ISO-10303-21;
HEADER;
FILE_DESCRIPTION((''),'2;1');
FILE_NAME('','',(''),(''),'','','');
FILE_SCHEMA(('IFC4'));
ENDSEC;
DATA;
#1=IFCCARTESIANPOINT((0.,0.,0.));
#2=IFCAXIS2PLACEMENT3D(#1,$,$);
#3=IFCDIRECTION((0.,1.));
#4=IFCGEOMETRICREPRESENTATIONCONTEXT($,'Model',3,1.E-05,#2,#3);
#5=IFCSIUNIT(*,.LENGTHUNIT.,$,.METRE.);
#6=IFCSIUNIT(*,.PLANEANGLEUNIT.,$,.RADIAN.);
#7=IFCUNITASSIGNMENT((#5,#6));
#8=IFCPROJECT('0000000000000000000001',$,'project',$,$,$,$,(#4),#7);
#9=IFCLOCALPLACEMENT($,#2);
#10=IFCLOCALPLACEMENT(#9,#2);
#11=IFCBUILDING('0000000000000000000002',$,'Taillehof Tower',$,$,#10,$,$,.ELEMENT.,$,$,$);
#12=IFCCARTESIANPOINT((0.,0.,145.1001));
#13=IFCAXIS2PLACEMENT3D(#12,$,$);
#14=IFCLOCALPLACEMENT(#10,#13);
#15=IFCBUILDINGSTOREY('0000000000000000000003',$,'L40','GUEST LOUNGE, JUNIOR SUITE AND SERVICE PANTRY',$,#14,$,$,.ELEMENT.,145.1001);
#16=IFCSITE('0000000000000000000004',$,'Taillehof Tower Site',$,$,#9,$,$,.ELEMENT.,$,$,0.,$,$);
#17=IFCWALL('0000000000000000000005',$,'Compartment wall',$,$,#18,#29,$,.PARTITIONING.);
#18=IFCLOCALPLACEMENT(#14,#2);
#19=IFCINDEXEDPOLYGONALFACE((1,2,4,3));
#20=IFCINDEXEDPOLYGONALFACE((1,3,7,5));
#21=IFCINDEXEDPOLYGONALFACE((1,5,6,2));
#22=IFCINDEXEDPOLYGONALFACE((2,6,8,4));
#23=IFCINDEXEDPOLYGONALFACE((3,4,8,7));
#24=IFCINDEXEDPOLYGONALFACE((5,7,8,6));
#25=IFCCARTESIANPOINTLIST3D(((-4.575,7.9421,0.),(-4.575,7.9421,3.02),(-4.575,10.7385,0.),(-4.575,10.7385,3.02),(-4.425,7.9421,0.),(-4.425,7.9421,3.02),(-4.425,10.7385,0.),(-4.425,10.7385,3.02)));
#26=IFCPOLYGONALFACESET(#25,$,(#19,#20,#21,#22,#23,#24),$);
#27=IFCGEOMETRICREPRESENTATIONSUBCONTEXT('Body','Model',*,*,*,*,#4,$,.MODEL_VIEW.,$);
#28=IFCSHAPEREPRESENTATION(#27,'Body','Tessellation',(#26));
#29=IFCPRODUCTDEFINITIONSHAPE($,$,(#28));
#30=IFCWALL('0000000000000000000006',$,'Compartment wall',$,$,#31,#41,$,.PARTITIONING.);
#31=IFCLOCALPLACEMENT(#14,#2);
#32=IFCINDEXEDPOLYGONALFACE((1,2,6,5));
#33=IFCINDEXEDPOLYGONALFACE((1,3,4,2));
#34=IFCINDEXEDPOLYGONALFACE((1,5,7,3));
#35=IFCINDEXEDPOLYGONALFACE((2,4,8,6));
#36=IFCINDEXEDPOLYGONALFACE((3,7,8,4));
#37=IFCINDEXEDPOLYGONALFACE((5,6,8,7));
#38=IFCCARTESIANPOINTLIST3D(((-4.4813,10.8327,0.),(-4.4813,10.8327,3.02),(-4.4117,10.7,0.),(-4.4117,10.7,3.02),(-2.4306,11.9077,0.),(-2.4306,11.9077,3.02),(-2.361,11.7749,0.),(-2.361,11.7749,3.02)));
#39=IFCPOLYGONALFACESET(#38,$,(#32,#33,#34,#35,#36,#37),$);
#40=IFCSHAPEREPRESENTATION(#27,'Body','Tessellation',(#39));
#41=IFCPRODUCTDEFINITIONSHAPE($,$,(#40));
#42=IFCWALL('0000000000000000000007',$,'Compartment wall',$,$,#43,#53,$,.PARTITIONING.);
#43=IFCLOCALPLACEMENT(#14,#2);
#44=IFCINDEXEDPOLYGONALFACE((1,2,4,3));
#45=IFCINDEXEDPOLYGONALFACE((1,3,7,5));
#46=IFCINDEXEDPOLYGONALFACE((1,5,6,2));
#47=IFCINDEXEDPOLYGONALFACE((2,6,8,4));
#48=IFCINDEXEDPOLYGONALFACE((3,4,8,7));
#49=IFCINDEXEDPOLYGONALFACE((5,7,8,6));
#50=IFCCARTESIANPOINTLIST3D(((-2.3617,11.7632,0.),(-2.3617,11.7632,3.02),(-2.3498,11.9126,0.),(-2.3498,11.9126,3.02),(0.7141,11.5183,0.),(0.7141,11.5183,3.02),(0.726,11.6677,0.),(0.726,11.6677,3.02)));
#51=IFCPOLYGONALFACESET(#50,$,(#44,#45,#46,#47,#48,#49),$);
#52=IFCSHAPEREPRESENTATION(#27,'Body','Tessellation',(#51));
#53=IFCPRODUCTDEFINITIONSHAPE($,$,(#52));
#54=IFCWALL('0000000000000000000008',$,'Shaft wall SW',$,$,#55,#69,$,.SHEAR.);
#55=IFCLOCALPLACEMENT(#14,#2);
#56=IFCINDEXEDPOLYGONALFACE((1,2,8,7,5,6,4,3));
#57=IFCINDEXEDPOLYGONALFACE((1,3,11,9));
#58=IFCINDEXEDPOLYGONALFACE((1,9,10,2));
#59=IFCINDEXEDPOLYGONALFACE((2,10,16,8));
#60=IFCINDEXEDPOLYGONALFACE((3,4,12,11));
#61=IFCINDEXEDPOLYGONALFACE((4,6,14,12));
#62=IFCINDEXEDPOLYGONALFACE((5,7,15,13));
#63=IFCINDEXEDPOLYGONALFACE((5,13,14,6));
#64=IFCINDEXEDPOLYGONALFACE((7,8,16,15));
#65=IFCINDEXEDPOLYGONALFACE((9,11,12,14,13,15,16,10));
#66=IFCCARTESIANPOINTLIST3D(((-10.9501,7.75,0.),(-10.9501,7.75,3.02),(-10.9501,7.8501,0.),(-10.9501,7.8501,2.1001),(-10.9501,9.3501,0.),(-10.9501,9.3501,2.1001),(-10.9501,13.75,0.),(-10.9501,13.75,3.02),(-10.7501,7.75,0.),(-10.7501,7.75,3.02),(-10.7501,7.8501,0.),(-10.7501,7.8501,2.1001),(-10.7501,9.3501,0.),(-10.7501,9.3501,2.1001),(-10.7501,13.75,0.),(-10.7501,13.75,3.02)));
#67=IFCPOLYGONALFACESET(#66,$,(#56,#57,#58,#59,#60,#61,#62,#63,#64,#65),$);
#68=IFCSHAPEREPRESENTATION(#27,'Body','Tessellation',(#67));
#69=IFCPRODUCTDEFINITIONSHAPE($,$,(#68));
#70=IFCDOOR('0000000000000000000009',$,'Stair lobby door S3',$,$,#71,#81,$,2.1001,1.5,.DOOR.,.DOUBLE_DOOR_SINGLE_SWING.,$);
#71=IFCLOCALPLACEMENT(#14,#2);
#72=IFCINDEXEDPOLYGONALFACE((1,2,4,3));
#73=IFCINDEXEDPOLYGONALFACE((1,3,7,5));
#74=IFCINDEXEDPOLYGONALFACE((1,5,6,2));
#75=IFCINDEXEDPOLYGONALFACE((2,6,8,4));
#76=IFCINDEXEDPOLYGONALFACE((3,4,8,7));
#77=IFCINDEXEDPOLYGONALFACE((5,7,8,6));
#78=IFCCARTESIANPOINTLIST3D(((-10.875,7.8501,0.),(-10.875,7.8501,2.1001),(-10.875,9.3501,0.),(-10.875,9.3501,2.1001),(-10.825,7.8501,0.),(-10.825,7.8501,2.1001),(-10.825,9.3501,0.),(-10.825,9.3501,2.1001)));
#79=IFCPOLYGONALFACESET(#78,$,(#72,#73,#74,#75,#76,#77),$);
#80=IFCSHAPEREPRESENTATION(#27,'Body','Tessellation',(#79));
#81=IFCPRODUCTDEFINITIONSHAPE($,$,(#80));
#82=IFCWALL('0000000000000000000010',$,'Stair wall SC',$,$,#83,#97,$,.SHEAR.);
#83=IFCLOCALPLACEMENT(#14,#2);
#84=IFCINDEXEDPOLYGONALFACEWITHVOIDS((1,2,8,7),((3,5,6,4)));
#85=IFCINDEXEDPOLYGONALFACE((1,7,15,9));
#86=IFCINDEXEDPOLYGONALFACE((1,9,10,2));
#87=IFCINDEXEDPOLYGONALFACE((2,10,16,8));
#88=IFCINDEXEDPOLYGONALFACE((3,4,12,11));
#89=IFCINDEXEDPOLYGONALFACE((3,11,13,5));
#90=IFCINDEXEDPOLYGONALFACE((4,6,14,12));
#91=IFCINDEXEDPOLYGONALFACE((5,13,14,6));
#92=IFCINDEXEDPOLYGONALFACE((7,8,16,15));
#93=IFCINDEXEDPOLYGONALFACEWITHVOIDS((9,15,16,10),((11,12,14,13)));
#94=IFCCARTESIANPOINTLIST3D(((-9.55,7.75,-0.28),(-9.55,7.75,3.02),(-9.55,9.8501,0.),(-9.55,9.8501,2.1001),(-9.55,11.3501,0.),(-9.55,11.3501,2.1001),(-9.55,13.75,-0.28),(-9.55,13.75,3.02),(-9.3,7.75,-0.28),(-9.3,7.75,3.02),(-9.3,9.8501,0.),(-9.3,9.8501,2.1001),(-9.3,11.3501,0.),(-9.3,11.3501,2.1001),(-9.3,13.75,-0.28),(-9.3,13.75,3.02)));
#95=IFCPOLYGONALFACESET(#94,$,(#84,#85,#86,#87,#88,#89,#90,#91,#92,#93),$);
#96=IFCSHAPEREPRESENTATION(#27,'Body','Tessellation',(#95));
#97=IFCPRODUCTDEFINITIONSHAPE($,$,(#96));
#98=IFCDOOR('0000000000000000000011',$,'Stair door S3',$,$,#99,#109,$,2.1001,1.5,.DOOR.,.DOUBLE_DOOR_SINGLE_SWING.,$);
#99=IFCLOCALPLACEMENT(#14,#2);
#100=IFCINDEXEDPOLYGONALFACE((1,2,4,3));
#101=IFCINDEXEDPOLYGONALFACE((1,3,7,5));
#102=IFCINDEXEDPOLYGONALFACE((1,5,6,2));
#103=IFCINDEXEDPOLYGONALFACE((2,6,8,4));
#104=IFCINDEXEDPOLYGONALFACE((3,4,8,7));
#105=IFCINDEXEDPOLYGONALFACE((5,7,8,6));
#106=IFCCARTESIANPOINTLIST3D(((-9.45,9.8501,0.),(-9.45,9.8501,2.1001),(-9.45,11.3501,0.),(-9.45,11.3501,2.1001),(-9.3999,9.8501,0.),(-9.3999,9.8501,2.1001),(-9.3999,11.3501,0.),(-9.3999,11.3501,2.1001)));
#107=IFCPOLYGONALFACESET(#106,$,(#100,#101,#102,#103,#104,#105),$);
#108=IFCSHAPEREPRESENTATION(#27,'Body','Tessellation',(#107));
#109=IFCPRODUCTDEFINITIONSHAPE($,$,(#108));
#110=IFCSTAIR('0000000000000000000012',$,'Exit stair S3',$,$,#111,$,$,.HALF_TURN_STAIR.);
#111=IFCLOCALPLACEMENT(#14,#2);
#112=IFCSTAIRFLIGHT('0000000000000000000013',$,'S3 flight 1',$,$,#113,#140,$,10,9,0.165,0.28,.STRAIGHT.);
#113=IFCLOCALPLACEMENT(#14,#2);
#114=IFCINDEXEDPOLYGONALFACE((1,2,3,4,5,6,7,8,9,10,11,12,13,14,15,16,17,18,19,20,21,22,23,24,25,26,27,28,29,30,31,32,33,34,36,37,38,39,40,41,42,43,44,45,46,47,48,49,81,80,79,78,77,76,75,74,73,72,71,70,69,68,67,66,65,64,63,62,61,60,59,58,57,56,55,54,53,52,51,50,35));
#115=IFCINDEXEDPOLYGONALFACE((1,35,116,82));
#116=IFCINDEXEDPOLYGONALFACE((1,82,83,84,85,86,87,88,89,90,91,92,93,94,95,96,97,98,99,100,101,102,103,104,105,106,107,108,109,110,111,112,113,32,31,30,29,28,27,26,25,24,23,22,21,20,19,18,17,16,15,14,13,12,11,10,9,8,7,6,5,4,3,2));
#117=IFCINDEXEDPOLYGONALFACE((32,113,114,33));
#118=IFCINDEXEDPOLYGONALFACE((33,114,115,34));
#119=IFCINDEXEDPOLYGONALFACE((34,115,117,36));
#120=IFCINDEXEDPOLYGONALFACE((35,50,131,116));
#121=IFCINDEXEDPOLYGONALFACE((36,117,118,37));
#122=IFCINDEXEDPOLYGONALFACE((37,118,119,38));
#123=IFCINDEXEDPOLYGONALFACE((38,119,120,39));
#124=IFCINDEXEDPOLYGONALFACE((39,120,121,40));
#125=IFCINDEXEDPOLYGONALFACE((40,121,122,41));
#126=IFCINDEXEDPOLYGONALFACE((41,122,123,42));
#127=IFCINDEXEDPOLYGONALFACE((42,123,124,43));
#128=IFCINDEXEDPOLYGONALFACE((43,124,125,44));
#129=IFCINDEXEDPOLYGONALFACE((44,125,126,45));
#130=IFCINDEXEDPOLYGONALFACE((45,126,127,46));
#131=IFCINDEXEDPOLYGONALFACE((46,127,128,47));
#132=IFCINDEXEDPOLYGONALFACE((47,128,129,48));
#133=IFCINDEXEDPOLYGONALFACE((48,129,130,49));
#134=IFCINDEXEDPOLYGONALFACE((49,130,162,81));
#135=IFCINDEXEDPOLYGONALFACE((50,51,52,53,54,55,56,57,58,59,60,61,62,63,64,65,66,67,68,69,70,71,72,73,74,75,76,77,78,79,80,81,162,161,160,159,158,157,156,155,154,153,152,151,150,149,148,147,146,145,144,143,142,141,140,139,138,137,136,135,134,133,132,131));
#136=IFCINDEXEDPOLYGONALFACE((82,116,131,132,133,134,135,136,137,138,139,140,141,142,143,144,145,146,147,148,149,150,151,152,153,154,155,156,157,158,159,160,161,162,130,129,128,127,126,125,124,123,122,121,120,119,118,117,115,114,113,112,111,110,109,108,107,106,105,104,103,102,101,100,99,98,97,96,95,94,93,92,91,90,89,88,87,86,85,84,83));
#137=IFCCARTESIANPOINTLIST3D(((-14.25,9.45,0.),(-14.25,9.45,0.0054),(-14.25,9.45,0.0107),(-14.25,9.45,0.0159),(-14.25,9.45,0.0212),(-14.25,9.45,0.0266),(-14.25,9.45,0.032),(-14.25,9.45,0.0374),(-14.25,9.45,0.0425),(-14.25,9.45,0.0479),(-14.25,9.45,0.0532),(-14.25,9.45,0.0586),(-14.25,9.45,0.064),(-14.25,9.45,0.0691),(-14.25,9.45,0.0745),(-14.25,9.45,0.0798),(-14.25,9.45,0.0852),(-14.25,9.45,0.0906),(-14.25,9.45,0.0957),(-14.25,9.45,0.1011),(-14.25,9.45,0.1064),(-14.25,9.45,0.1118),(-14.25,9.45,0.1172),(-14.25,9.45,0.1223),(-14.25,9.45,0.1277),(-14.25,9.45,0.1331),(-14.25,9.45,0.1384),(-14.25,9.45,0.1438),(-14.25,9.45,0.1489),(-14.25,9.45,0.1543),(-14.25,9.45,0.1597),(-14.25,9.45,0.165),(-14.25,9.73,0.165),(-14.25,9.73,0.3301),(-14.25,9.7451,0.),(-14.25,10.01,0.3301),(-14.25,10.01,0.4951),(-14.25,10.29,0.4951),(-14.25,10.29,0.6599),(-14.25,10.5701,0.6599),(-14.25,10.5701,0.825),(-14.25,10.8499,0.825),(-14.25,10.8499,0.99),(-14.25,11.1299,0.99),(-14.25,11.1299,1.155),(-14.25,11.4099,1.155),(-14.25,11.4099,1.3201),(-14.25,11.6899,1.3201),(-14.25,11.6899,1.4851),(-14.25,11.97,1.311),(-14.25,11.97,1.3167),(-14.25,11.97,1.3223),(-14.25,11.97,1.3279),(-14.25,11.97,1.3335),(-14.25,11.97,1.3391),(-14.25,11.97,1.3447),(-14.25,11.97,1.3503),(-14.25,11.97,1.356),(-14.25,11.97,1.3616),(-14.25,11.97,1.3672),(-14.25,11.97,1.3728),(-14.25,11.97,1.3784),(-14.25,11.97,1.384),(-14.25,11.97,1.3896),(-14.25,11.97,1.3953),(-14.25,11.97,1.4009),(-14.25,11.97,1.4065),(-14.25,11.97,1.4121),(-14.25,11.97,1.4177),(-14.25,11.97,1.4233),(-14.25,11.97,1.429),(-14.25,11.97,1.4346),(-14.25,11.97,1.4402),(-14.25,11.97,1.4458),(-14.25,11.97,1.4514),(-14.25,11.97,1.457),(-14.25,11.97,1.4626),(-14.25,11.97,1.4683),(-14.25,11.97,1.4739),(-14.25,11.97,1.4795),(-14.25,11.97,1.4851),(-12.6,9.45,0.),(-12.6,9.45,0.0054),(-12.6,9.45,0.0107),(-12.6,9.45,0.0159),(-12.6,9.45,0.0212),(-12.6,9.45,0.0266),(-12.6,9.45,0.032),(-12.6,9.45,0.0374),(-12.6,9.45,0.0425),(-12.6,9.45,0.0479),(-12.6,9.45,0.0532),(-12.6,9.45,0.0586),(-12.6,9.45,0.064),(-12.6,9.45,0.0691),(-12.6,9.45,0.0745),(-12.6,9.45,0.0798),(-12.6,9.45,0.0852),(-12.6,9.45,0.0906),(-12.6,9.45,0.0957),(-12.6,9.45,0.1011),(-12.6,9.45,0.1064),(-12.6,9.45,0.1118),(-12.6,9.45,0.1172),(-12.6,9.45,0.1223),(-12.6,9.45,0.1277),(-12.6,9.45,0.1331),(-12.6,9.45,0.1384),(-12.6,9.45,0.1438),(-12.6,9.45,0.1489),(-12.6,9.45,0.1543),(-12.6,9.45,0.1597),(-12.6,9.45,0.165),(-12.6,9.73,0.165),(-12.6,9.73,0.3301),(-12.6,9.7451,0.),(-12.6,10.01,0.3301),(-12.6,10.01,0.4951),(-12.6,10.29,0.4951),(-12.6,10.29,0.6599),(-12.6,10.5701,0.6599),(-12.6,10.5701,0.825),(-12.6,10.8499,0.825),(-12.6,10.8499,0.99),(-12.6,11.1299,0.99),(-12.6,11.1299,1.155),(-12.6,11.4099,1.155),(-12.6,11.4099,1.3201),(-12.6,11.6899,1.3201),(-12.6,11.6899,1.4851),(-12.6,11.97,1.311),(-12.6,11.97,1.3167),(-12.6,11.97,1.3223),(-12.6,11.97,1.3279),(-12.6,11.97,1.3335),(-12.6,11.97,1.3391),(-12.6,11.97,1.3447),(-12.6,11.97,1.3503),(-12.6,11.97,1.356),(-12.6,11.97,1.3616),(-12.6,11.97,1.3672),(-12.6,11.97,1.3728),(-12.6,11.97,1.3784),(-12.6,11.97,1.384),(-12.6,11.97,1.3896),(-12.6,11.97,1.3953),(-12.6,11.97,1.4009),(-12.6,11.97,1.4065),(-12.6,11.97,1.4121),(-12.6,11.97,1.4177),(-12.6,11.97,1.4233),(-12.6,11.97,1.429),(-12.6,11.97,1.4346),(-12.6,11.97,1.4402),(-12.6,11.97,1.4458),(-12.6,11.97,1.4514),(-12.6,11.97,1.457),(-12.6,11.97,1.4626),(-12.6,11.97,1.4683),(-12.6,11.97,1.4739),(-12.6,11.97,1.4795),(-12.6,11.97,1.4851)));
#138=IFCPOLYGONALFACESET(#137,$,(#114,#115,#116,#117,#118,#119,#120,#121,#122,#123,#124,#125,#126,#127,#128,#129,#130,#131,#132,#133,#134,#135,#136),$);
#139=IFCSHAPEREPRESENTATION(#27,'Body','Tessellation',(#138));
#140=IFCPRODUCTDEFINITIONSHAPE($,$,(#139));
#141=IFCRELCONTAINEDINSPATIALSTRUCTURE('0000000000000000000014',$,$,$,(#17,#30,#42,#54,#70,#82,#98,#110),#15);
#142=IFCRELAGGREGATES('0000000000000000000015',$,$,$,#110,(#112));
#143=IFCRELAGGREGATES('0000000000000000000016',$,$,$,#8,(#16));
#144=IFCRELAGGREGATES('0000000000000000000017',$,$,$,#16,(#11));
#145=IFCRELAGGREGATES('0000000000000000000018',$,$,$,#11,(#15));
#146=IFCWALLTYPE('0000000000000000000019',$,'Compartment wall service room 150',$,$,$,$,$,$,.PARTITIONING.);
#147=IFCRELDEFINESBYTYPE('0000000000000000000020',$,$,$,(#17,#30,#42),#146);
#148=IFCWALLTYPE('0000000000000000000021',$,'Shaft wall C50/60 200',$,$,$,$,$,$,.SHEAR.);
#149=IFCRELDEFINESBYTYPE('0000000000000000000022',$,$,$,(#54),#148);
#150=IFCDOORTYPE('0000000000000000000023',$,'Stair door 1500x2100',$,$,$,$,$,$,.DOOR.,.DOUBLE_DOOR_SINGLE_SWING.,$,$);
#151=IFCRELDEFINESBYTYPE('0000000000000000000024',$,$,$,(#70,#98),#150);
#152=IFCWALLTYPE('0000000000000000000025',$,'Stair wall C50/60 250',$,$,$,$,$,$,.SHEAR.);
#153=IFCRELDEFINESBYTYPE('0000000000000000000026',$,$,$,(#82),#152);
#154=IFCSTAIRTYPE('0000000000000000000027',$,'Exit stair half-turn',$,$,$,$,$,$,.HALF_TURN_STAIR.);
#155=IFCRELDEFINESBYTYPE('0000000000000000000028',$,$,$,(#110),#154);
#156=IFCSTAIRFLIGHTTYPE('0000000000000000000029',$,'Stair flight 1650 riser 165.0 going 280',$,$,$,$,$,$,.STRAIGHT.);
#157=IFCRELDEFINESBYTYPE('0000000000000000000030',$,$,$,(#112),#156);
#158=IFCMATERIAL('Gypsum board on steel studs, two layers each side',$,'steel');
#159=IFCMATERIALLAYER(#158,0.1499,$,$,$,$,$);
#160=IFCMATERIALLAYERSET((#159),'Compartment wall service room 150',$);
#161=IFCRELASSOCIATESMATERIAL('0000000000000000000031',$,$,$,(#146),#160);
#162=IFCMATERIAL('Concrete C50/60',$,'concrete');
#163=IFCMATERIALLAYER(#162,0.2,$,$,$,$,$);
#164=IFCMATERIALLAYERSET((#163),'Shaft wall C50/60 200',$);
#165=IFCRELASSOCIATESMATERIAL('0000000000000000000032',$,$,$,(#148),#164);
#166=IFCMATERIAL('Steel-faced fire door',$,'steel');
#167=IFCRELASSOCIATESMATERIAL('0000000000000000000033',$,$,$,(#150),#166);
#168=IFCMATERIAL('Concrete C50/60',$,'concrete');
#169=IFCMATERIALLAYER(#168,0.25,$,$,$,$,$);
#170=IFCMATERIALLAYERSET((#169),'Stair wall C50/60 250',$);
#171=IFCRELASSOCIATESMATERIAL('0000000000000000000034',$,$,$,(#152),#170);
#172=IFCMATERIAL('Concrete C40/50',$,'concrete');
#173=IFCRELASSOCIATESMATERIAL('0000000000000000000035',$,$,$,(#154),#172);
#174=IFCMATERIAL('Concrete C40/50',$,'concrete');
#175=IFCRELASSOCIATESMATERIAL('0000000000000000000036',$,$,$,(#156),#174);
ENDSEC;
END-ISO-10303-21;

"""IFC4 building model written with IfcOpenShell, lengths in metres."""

from ifc_helpers import new_model, si_unit, direction, frame, frame_2d, origin, place, context, subcontext, project, spatial, polyline, rectangle, outline, extrude, material, layer, layer_set, type_object, element, fill, aggregate, save


model = new_model("IFC4")

# Units and contexts
model_context = context("Model", 3, precision=1e-05, world=origin(), true_north=direction((0.0, 1.0)))
body_context = subcontext(model_context, "Body", "Model", "MODEL_VIEW")
ifc_project = project(units=[si_unit("LENGTHUNIT", "METRE"), si_unit("PLANEANGLEUNIT", "RADIAN")], contexts=[model_context])

# Site, building, storey
site_placement = place(None, origin())
site = spatial("IfcSite", under=ifc_project, at=site_placement, Name="Taillehof Tower Site", CompositionType="ELEMENT", RefElevation=0.0)
building_placement = place(site_placement, origin())
building = spatial("IfcBuilding", under=site, at=building_placement, Name="Taillehof Tower", CompositionType="ELEMENT")
storey_placement = place(building_placement, frame((0.0, 0.0, 145.1001)))
storey = spatial("IfcBuildingStorey", under=building, at=storey_placement, Name="L40", Description="GUEST LOUNGE, JUNIOR SUITE AND SERVICE PANTRY", CompositionType="ELEMENT", Elevation=145.1001)

# Walls
ifc_material_1 = material(Name="Gypsum board on steel studs, two layers each side", Category="steel")
ifc_layer_1 = layer(ifc_material_1, 0.1499)
ifc_layer_set_1 = layer_set([ifc_layer_1], Name="Compartment wall service room 150")
wall_type_1 = type_object("IfcWallType", Name="Compartment wall service room 150", PredefinedType="PARTITIONING", material=ifc_layer_set_1)
wall_1_placement = place(storey_placement, frame((-4.5, 7.9421, 0.0), z_axis=(0.0, 0.0, 1.0), x_axis=(0.0, 1.0, 0.0)))
element("IfcWall", 1, at=wall_1_placement, inside=storey, type_object=wall_type_1, Name="Compartment wall", PredefinedType="PARTITIONING", context=body_context, shape_type="SweptSolid", body=[
    extrude(rectangle(XDim=2.7964, YDim=0.1499, at=frame_2d((1.3982, 0.0))), origin(), (0.0, 0.0, 1.0), 3.02),
])
wall_2_placement = place(storey_placement, frame((-4.4465, 10.7664, 0.0), z_axis=(0.0, 0.0, 1.0), x_axis=(0.885701, 0.464255, 0.0)))
element("IfcWall", 2, at=wall_2_placement, inside=storey, type_object=wall_type_1, Name="Compartment wall", PredefinedType="PARTITIONING", context=body_context, shape_type="SweptSolid", body=[
    extrude(rectangle(XDim=2.3154, YDim=0.1499, at=frame_2d((1.1577, 0.0))), origin(), (0.0, 0.0, 1.0), 3.02),
])
wall_3_placement = place(storey_placement, frame((-2.3557, 11.8379, 0.0), z_axis=(0.0, 0.0, 1.0), x_axis=(0.996846, -0.079365, 0.0)))
element("IfcWall", 3, at=wall_3_placement, inside=storey, type_object=wall_type_1, Name="Compartment wall", PredefinedType="PARTITIONING", context=body_context, shape_type="SweptSolid", body=[
    extrude(rectangle(XDim=3.0854, YDim=0.1499, at=frame_2d((1.5427, 0.0))), origin(), (0.0, 0.0, 1.0), 3.02),
])

# Walls, openings, doors
ifc_material_2 = material(Name="Concrete C50/60", Category="concrete")
ifc_layer_2 = layer(ifc_material_2, 0.2)
ifc_layer_set_2 = layer_set([ifc_layer_2], Name="Shaft wall C50/60 200")
wall_type_2 = type_object("IfcWallType", Name="Shaft wall C50/60 200", PredefinedType="SHEAR", material=ifc_layer_set_2)
wall_4_placement = place(storey_placement, frame((-10.8501, 7.75, 0.0), z_axis=(0.0, 0.0, 1.0), x_axis=(0.0, 1.0, 0.0)))
wall_4 = element("IfcWall", 4, at=wall_4_placement, inside=storey, type_object=wall_type_2, Name="Shaft wall SW", PredefinedType="SHEAR", context=body_context, shape_type="SweptSolid", body=[
    extrude(rectangle(XDim=6.0, YDim=0.2, at=frame_2d((3.0, 0.0))), origin(), (0.0, 0.0, 1.0), 3.02),
])
opening_1_placement = place(wall_4_placement, frame((0.1001, 0.0, 0.0)))
opening_1 = element("IfcOpeningElement", 5, at=opening_1_placement, cuts=wall_4, PredefinedType="OPENING", context=body_context, shape_type="SweptSolid", body=[
    extrude(rectangle(XDim=1.5, YDim=2.1001, at=frame_2d((0.75, 1.05))), frame((0.0, 0.1099, 0.0), z_axis=(0.0, -1.0, 0.0), x_axis=(1.0, 0.0, 0.0)), (0.0, 0.0, 1.0), 0.22),
])
ifc_material_3 = material(Name="Steel-faced fire door", Category="steel")
door_type = type_object("IfcDoorType", Name="Stair door 1500x2100", OperationType="DOUBLE_DOOR_SINGLE_SWING", PredefinedType="DOOR", material=ifc_material_3)
door_1_placement = place(opening_1_placement, origin())
door_1 = element("IfcDoor", 6, at=door_1_placement, inside=storey, type_object=door_type, Name="Stair lobby door S3", OperationType="DOUBLE_DOOR_SINGLE_SWING", OverallHeight=2.1001, OverallWidth=1.5, PredefinedType="DOOR", context=body_context, shape_type="SweptSolid", body=[
    extrude(rectangle(XDim=1.5, YDim=2.1001, at=frame_2d((0.75, 1.05))), frame((0.0, 0.0249, 0.0), z_axis=(0.0, -1.0, 0.0), x_axis=(1.0, 0.0, 0.0)), (0.0, 0.0, 1.0), 0.05),
])
fill(opening_1, door_1)
ifc_material_4 = material(Name="Concrete C50/60", Category="concrete")
ifc_layer_3 = layer(ifc_material_4, 0.25)
ifc_layer_set_3 = layer_set([ifc_layer_3], Name="Stair wall C50/60 250")
wall_type_3 = type_object("IfcWallType", Name="Stair wall C50/60 250", PredefinedType="SHEAR", material=ifc_layer_set_3)
wall_5_placement = place(storey_placement, frame((-9.425, 7.75, -0.28), z_axis=(0.0, 0.0, 1.0), x_axis=(0.0, 1.0, 0.0)))
wall_5 = element("IfcWall", 7, at=wall_5_placement, inside=storey, type_object=wall_type_3, Name="Stair wall SC", PredefinedType="SHEAR", context=body_context, shape_type="SweptSolid", body=[
    extrude(rectangle(XDim=6.0, YDim=0.25, at=frame_2d((3.0, 0.0))), origin(), (0.0, 0.0, 1.0), 3.3),
])
opening_2_placement = place(wall_5_placement, frame((2.1001, 0.0, 0.28)))
opening_2 = element("IfcOpeningElement", 8, at=opening_2_placement, cuts=wall_5, PredefinedType="OPENING", context=body_context, shape_type="SweptSolid", body=[
    extrude(rectangle(XDim=1.5, YDim=2.1001, at=frame_2d((0.75, 1.05))), frame((0.0, 0.135, 0.0), z_axis=(0.0, -1.0, 0.0), x_axis=(1.0, 0.0, 0.0)), (0.0, 0.0, 1.0), 0.27),
])
door_2_placement = place(opening_2_placement, origin())
door_2 = element("IfcDoor", 9, at=door_2_placement, inside=storey, type_object=door_type, Name="Stair door S3", OperationType="DOUBLE_DOOR_SINGLE_SWING", OverallHeight=2.1001, OverallWidth=1.5, PredefinedType="DOOR", context=body_context, shape_type="SweptSolid", body=[
    extrude(rectangle(XDim=1.5, YDim=2.1001, at=frame_2d((0.75, 1.05))), frame((0.0, 0.0249, 0.0), z_axis=(0.0, -1.0, 0.0), x_axis=(1.0, 0.0, 0.0)), (0.0, 0.0, 1.0), 0.05),
])
fill(opening_2, door_2)

# Stair, stair flight
ifc_material_5 = material(Name="Concrete C40/50", Category="concrete")
stair_type = type_object("IfcStairType", Name="Exit stair half-turn", PredefinedType="HALF_TURN_STAIR", material=ifc_material_5)
stair_placement = place(storey_placement, origin())
stair = element("IfcStair", 10, at=stair_placement, inside=storey, type_object=stair_type, Name="Exit stair S3", PredefinedType="HALF_TURN_STAIR")
ifc_material_6 = material(Name="Concrete C40/50", Category="concrete")
stair_flight_type = type_object("IfcStairFlightType", Name="Stair flight 1650 riser 165.0 going 280", PredefinedType="STRAIGHT", material=ifc_material_6)
stair_flight_placement = place(storey_placement, frame((-13.425, 9.45, 0.0), z_axis=(0.0, 0.0, 1.0), x_axis=(0.0, 1.0, 0.0)))
stair_flight = element("IfcStairFlight", 11, at=stair_flight_placement, type_object=stair_flight_type, Name="S3 flight 1", NumberOfRisers=10, NumberOfTreads=9, PredefinedType="STRAIGHT", RiserHeight=0.165, TreadLength=0.28, context=body_context, shape_type="SweptSolid", body=[
    extrude(outline(polyline([(0.0, 0.0), (0.0, 0.0054), (0.0, 0.0107), (0.0, 0.0159), (0.0, 0.0212), (0.0, 0.0266), (0.0, 0.032), (0.0, 0.0374), (0.0, 0.0425), (0.0, 0.0479), (0.0, 0.0532), (0.0, 0.0586), (0.0, 0.064), (0.0, 0.0691), (0.0, 0.0745), (0.0, 0.0798), (0.0, 0.0852), (0.0, 0.0906), (0.0, 0.0957), (0.0, 0.1011), (0.0, 0.1064), (0.0, 0.1118), (0.0, 0.1172), (0.0, 0.1223), (0.0, 0.1277), (0.0, 0.1331), (0.0, 0.1384), (0.0, 0.1438), (0.0, 0.1489), (0.0, 0.1543), (0.0, 0.1597), (0.0, 0.165), (0.28, 0.165), (0.28, 0.3301), (0.5601, 0.3301), (0.5601, 0.4951), (0.8401, 0.4951), (0.8401, 0.6599), (1.1201, 0.6599), (1.1201, 0.825), (1.3999, 0.825), (1.3999, 0.99), (1.6799, 0.99), (1.6799, 1.155), (1.96, 1.155), (1.96, 1.3201), (2.24, 1.3201), (2.24, 1.4851), (2.52, 1.4851), (2.52, 1.4795), (2.52, 1.4739), (2.52, 1.4683), (2.52, 1.4626), (2.52, 1.457), (2.52, 1.4514), (2.52, 1.4458), (2.52, 1.4402), (2.52, 1.4346), (2.52, 1.429), (2.52, 1.4233), (2.52, 1.4177), (2.52, 1.4121), (2.52, 1.4065), (2.52, 1.4009), (2.52, 1.3953), (2.52, 1.3896), (2.52, 1.384), (2.52, 1.3784), (2.52, 1.3728), (2.52, 1.3672), (2.52, 1.3616), (2.52, 1.356), (2.52, 1.3503), (2.52, 1.3447), (2.52, 1.3391), (2.52, 1.3335), (2.52, 1.3279), (2.52, 1.3223), (2.52, 1.3167), (2.52, 1.311), (0.2952, 0.0), (0.0, 0.0)])), frame((0.0, 0.825, 0.0), z_axis=(0.0, -1.0, 0.0), x_axis=(1.0, 0.0, 0.0)), (0.0, 0.0, 1.0), 1.65),
])
aggregate(stair, [stair_flight])

save(model, "model.ifc")
